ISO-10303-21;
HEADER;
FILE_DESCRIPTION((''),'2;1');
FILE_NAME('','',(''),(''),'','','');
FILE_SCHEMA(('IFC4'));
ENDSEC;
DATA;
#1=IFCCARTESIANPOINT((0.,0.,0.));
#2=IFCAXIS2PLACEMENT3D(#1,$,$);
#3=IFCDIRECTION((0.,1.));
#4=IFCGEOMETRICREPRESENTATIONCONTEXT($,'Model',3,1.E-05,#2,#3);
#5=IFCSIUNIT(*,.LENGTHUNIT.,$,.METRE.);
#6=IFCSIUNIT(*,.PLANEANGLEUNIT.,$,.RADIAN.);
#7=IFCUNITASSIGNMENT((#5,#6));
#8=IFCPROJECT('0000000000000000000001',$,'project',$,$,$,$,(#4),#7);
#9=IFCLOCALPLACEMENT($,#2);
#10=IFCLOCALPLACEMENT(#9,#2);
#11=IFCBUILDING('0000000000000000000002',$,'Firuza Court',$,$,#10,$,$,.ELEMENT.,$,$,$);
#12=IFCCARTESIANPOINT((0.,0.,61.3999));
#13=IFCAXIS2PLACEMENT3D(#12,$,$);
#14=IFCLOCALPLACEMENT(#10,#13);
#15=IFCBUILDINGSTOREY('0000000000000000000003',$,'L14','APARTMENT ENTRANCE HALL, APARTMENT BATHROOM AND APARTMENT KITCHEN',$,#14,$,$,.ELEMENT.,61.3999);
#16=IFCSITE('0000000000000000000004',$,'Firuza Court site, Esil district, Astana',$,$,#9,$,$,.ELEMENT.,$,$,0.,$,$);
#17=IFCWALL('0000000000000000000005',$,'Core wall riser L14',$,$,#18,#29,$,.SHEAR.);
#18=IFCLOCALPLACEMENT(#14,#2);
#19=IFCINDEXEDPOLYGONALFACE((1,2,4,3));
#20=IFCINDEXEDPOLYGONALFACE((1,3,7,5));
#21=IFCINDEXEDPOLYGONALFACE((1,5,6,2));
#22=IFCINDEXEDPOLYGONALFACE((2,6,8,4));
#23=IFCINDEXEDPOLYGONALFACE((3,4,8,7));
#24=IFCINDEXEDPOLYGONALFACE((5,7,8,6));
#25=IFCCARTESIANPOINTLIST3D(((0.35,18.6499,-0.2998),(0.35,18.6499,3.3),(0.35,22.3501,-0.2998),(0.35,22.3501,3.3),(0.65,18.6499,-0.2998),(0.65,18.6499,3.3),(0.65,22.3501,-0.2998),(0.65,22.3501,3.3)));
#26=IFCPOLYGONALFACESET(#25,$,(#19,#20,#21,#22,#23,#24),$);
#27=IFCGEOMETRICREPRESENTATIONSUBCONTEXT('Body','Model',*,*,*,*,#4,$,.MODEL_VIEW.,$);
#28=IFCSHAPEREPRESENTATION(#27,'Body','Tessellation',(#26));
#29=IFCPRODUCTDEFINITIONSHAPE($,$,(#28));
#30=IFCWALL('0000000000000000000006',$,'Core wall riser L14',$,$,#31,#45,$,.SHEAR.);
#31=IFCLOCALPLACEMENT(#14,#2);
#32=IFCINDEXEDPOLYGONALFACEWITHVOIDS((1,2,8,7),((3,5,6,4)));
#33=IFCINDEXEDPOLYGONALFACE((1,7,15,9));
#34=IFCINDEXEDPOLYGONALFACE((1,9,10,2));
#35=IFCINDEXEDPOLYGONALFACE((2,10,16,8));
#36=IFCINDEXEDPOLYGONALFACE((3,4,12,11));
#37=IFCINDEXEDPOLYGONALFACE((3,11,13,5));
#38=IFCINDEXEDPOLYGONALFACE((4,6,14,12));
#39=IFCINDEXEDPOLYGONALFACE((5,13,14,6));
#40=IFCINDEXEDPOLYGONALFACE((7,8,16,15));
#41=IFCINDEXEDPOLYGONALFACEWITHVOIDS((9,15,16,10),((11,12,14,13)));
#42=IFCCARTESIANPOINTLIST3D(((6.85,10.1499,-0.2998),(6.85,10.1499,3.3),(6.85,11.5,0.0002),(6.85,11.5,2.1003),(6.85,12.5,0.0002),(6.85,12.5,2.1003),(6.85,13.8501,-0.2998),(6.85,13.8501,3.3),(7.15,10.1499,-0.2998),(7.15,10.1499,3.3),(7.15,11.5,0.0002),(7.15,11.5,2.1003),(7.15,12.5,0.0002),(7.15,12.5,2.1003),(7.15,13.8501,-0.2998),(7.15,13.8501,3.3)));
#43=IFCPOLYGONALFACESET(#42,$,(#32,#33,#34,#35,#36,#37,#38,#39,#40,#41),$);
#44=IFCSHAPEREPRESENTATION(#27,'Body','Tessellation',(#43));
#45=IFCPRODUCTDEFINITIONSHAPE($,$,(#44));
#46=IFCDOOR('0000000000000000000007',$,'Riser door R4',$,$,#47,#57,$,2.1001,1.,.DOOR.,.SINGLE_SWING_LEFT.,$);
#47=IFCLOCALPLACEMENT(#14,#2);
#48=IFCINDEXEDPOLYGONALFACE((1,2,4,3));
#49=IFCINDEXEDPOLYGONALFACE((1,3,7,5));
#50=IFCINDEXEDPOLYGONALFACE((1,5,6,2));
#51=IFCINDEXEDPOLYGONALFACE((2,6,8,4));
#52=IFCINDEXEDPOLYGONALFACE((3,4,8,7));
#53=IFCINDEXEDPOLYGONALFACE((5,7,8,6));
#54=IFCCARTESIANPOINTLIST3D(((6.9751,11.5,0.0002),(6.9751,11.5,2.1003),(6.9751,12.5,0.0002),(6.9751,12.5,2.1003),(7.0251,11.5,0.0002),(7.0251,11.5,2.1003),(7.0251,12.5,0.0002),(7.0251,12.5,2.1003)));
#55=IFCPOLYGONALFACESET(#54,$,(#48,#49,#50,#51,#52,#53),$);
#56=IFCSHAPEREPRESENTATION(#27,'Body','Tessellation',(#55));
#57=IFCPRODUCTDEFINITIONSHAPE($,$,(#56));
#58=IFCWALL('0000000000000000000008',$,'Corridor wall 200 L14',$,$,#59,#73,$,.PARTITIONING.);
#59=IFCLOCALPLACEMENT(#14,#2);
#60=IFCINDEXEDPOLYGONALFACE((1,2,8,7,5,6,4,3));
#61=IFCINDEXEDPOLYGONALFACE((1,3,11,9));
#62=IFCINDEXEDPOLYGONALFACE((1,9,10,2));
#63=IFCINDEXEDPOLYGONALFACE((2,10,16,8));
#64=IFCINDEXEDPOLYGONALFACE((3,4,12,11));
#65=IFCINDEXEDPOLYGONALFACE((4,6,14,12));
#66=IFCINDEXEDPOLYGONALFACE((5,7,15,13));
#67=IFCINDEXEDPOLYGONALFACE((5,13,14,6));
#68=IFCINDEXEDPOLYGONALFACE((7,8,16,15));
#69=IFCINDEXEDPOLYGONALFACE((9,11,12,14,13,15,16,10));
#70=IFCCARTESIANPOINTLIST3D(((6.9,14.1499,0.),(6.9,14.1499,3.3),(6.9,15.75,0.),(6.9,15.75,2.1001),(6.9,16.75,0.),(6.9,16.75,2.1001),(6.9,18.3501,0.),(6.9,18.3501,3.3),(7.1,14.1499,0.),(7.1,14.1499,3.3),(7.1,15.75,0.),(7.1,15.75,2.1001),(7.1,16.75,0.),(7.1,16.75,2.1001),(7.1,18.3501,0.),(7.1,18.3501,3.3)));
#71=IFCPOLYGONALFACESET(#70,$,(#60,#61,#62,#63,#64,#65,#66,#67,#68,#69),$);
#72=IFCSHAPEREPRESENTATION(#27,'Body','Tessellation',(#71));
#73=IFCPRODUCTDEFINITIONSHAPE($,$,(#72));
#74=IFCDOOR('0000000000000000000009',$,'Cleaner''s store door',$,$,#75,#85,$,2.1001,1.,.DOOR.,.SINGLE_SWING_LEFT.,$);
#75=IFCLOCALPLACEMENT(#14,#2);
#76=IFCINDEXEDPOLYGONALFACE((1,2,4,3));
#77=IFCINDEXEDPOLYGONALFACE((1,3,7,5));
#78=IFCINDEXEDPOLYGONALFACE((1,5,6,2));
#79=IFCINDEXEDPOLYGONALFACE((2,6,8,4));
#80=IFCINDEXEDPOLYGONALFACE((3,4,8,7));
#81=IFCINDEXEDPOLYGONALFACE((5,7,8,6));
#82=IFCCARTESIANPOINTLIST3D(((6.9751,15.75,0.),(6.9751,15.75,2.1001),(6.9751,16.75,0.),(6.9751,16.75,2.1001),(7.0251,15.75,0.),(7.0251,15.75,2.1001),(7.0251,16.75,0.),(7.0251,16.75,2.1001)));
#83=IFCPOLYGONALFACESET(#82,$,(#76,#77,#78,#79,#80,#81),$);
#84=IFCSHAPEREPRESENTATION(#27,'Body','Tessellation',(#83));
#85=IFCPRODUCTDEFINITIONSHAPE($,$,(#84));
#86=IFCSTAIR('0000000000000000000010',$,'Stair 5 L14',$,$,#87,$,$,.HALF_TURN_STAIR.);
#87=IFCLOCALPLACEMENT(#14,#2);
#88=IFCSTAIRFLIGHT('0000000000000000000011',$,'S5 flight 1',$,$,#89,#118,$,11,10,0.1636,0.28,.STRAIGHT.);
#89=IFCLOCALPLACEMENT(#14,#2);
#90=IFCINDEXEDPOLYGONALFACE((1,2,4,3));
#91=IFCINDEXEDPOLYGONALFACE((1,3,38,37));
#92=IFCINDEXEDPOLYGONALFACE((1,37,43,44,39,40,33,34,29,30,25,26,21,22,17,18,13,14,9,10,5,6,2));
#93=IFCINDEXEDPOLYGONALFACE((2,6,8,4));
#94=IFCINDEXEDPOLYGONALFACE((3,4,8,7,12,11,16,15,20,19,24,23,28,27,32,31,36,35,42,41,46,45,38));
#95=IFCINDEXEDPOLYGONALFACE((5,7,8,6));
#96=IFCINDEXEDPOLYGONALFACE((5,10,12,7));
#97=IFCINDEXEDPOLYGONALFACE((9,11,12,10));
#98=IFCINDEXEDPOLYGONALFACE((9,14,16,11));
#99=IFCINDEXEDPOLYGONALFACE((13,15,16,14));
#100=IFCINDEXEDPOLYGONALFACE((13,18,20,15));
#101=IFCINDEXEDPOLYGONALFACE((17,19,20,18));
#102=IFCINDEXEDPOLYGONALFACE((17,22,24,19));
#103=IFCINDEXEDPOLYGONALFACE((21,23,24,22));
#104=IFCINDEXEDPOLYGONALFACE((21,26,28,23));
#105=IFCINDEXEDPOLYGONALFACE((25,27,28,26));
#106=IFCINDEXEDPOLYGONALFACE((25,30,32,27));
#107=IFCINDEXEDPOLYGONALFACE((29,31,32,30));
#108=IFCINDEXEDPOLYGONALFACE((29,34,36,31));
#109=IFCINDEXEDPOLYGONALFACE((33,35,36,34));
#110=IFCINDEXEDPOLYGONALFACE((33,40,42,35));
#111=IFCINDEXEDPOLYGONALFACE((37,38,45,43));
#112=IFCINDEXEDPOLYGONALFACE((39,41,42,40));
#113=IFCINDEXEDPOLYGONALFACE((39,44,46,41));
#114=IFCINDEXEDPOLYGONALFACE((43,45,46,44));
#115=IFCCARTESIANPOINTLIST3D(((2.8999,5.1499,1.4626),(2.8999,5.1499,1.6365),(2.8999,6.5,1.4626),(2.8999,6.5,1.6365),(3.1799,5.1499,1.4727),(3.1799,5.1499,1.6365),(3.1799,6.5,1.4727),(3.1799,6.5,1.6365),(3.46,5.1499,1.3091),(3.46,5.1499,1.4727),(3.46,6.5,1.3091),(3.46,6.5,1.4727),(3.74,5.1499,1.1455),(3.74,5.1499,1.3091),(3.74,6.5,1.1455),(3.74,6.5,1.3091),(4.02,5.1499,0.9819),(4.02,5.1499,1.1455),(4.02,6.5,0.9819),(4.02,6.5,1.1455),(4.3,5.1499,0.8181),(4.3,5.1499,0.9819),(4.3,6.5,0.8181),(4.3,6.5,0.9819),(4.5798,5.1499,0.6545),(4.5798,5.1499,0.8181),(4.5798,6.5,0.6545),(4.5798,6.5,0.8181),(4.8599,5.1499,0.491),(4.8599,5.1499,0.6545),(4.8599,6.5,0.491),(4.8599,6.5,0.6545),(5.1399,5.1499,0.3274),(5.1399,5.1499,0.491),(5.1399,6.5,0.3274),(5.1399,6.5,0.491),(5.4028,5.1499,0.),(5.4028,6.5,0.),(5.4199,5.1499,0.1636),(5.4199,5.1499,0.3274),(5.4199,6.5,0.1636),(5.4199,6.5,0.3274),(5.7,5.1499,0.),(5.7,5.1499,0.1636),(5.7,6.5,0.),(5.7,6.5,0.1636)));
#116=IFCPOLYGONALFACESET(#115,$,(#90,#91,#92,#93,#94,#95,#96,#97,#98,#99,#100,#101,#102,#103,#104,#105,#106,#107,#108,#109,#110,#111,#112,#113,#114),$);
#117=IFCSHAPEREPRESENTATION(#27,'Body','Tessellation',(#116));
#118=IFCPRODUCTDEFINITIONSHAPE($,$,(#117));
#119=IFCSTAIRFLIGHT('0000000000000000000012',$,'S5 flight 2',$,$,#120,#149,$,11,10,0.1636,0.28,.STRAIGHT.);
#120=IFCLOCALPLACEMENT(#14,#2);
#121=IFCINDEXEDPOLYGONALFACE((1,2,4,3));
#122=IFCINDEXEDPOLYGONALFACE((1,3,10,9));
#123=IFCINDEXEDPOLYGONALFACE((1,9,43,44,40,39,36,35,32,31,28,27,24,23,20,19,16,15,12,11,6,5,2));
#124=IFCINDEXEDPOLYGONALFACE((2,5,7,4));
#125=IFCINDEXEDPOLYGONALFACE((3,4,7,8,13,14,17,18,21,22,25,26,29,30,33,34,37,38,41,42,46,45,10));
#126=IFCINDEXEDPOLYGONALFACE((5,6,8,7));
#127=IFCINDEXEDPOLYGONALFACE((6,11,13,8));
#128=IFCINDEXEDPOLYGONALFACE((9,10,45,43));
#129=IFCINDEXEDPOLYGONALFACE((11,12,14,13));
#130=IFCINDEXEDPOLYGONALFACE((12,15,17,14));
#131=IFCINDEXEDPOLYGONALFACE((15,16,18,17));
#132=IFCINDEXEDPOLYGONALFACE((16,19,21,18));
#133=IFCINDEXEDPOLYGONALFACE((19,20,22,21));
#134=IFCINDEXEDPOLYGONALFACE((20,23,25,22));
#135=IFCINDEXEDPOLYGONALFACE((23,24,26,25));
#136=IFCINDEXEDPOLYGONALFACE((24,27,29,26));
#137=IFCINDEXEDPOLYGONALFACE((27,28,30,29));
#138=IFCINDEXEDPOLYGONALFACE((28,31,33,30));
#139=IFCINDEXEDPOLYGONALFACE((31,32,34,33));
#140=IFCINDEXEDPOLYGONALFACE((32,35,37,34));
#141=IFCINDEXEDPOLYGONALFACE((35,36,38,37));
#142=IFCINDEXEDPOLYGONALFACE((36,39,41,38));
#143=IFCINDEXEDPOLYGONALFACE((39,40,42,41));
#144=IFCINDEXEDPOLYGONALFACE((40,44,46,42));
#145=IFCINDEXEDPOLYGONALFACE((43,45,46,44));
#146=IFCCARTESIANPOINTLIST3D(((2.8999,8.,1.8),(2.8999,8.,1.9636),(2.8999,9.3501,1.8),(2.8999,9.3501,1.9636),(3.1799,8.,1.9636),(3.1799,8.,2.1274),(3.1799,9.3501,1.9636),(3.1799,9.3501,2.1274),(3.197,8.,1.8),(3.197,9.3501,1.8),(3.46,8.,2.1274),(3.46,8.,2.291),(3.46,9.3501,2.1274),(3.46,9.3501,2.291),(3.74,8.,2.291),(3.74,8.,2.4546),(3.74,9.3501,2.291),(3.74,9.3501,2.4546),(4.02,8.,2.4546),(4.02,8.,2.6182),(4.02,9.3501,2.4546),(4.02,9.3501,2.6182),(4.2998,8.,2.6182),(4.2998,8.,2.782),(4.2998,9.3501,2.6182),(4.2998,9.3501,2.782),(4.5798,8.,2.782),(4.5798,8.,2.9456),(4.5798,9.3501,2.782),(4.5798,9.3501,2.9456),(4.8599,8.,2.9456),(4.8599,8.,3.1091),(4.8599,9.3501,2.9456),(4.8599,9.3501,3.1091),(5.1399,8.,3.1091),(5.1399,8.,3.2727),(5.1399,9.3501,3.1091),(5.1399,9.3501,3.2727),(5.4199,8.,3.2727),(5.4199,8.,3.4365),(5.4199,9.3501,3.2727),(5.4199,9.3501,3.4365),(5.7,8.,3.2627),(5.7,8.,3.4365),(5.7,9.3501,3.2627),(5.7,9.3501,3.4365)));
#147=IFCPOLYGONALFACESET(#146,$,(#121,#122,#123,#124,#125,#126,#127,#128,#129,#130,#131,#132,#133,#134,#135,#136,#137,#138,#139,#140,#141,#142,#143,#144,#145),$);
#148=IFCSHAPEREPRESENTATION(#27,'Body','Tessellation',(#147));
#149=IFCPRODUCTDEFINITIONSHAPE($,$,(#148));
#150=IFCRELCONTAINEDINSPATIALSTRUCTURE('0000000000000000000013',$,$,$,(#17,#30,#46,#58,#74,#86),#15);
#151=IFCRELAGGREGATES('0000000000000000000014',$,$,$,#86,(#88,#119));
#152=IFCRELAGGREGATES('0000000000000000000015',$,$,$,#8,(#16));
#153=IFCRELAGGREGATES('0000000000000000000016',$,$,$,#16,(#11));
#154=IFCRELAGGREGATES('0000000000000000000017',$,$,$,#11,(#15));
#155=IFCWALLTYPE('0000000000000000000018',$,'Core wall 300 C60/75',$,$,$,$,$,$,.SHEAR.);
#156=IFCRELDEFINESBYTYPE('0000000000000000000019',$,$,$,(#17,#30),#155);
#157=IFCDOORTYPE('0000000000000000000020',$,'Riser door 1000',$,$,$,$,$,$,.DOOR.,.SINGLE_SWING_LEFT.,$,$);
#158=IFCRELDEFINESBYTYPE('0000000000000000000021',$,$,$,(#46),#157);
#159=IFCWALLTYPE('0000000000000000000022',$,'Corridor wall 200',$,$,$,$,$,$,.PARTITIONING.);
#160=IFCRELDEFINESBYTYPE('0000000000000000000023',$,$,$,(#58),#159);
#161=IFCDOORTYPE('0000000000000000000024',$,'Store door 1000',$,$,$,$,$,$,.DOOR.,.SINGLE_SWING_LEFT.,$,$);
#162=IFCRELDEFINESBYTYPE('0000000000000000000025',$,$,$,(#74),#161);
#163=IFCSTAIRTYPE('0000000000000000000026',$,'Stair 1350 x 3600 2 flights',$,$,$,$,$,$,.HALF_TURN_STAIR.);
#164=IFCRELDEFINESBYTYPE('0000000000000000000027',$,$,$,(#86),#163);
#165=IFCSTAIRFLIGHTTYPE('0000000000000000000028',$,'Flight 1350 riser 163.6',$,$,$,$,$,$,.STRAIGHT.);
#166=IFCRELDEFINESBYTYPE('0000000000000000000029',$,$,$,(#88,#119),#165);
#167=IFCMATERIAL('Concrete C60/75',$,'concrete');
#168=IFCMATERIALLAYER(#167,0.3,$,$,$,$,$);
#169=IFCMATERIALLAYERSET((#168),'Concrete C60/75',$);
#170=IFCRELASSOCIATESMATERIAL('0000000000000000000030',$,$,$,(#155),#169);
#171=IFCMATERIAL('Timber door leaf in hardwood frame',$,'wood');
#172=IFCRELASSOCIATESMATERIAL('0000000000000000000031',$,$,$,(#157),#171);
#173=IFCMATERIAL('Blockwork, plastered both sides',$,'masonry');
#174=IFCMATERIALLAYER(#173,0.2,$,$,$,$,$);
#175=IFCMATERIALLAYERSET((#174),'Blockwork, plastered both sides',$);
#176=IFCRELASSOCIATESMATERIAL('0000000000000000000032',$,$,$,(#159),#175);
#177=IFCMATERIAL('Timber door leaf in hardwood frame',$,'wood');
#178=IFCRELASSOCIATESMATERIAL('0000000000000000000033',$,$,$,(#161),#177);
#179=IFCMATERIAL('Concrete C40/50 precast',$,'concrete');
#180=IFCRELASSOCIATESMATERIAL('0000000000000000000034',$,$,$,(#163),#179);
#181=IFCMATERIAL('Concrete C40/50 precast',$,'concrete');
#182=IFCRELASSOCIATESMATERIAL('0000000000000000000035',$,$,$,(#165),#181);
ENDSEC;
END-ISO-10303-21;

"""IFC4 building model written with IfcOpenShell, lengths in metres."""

from ifc_helpers import new_model, si_unit, direction, frame, frame_2d, origin, place, context, subcontext, project, spatial, polyline, rectangle, outline, extrude, material, layer, layer_set, type_object, element, fill, aggregate, save


model = new_model("IFC4")

# Units and contexts
model_context = context("Model", 3, precision=1e-05, world=origin(), true_north=direction((0.0, 1.0)))
body_context = subcontext(model_context, "Body", "Model", "MODEL_VIEW")
ifc_project = project(units=[si_unit("LENGTHUNIT", "METRE"), si_unit("PLANEANGLEUNIT", "RADIAN")], contexts=[model_context])

# Site, building, storey
site_placement = place(None, origin())
site = spatial("IfcSite", under=ifc_project, at=site_placement, Name="Firuza Court site, Esil district, Astana", CompositionType="ELEMENT", RefElevation=0.0)
building_placement = place(site_placement, origin())
building = spatial("IfcBuilding", under=site, at=building_placement, Name="Firuza Court", CompositionType="ELEMENT")
storey_placement = place(building_placement, frame((0.0, 0.0, 61.3999)))
storey = spatial("IfcBuildingStorey", under=building, at=storey_placement, Name="L14", Description="APARTMENT ENTRANCE HALL, APARTMENT BATHROOM AND APARTMENT KITCHEN", CompositionType="ELEMENT", Elevation=61.3999)

# Wall
ifc_material_1 = material(Name="Concrete C60/75", Category="concrete")
ifc_layer_1 = layer(ifc_material_1, 0.3)
ifc_layer_set_1 = layer_set([ifc_layer_1], Name="Concrete C60/75")
wall_type_1 = type_object("IfcWallType", Name="Core wall 300 C60/75", PredefinedType="SHEAR", material=ifc_layer_set_1)
for number, where, z_axis, x_axis, name in (
    (1, (0.5, 18.6499, -0.2998), (0.0, 0.0, 1.0), (0.0, 1.0, 0.0), "Core wall riser L14"),
):
    element("IfcWall", number, at=place(storey_placement, frame(where, z_axis=z_axis, x_axis=x_axis)), inside=storey, type_object=wall_type_1, Name=name, PredefinedType="SHEAR", context=body_context, shape_type="SweptSolid", body=[
        extrude(rectangle(XDim=3.7002, YDim=0.3, at=frame_2d((1.8501, 0.0))), origin(), (0.0, 0.0, 1.0), 3.5999),
    ])

# Walls, openings, doors
wall_1_placement = place(storey_placement, frame((7.0, 10.1499, -0.2998), z_axis=(0.0, 0.0, 1.0), x_axis=(0.0, 1.0, 0.0)))
wall_1 = element("IfcWall", 2, at=wall_1_placement, inside=storey, type_object=wall_type_1, Name="Core wall riser L14", PredefinedType="SHEAR", context=body_context, shape_type="SweptSolid", body=[
    extrude(rectangle(XDim=3.7002, YDim=0.3, at=frame_2d((1.8501, 0.0))), origin(), (0.0, 0.0, 1.0), 3.5999),
])
opening_1_placement = place(wall_1_placement, frame((1.3501, 0.0, 0.3)))
opening_1 = element("IfcOpeningElement", 3, at=opening_1_placement, cuts=wall_1, PredefinedType="OPENING", context=body_context, shape_type="SweptSolid", body=[
    extrude(rectangle(XDim=1.0, YDim=2.1001, at=frame_2d((0.5, 1.05))), frame((0.0, 0.1621, 0.0), z_axis=(0.0, -1.0, 0.0), x_axis=(1.0, 0.0, 0.0)), (0.0, 0.0, 1.0), 0.324),
])
ifc_material_2 = material(Name="Timber door leaf in hardwood frame", Category="wood")
door_type_1 = type_object("IfcDoorType", Name="Riser door 1000", OperationType="SINGLE_SWING_LEFT", PredefinedType="DOOR", material=ifc_material_2)
door_1_placement = place(opening_1_placement, origin())
door_1 = element("IfcDoor", 4, at=door_1_placement, inside=storey, type_object=door_type_1, Name="Riser door R4", OperationType="SINGLE_SWING_LEFT", OverallHeight=2.1001, OverallWidth=1.0, PredefinedType="DOOR", context=body_context, shape_type="SweptSolid", body=[
    extrude(rectangle(XDim=1.0, YDim=2.1001, at=frame_2d((0.5, 1.05))), frame((0.0, 0.0249, 0.0), z_axis=(0.0, -1.0, 0.0), x_axis=(1.0, 0.0, 0.0)), (0.0, 0.0, 1.0), 0.05),
])
fill(opening_1, door_1)
ifc_material_3 = material(Name="Blockwork, plastered both sides", Category="masonry")
ifc_layer_2 = layer(ifc_material_3, 0.2)
ifc_layer_set_2 = layer_set([ifc_layer_2], Name="Blockwork, plastered both sides")
wall_type_2 = type_object("IfcWallType", Name="Corridor wall 200", PredefinedType="PARTITIONING", material=ifc_layer_set_2)
wall_2_placement = place(storey_placement, frame((7.0, 14.1499, 0.0), z_axis=(0.0, 0.0, 1.0), x_axis=(0.0, 1.0, 0.0)))
wall_2 = element("IfcWall", 5, at=wall_2_placement, inside=storey, type_object=wall_type_2, Name="Corridor wall 200 L14", PredefinedType="PARTITIONING", context=body_context, shape_type="SweptSolid", body=[
    extrude(rectangle(XDim=4.2002, YDim=0.2, at=frame_2d((2.1001, 0.0))), origin(), (0.0, 0.0, 1.0), 3.3),
])
opening_2_placement = place(wall_2_placement, frame((1.6001, 0.0, 0.0)))
opening_2 = element("IfcOpeningElement", 6, at=opening_2_placement, cuts=wall_2, PredefinedType="OPENING", context=body_context, shape_type="SweptSolid", body=[
    extrude(rectangle(XDim=1.0, YDim=2.1001, at=frame_2d((0.5, 1.05))), frame((0.0, 0.1118, 0.0), z_axis=(0.0, -1.0, 0.0), x_axis=(1.0, 0.0, 0.0)), (0.0, 0.0, 1.0), 0.2239),
])
ifc_material_4 = material(Name="Timber door leaf in hardwood frame", Category="wood")
door_type_2 = type_object("IfcDoorType", Name="Store door 1000", OperationType="SINGLE_SWING_LEFT", PredefinedType="DOOR", material=ifc_material_4)
door_2_placement = place(opening_2_placement, origin())
door_2 = element("IfcDoor", 7, at=door_2_placement, inside=storey, type_object=door_type_2, Name="Cleaner's store door", OperationType="SINGLE_SWING_LEFT", OverallHeight=2.1001, OverallWidth=1.0, PredefinedType="DOOR", context=body_context, shape_type="SweptSolid", body=[
    extrude(rectangle(XDim=1.0, YDim=2.1001, at=frame_2d((0.5, 1.05))), frame((0.0, 0.0249, 0.0), z_axis=(0.0, -1.0, 0.0), x_axis=(1.0, 0.0, 0.0)), (0.0, 0.0, 1.0), 0.05),
])
fill(opening_2, door_2)

# Stair, stair flights
ifc_material_5 = material(Name="Concrete C40/50 precast", Category="concrete")
stair_type = type_object("IfcStairType", Name="Stair 1350 x 3600 2 flights", PredefinedType="HALF_TURN_STAIR", material=ifc_material_5)
stair_placement = place(storey_placement, origin())
stair = element("IfcStair", 8, at=stair_placement, inside=storey, type_object=stair_type, Name="Stair 5 L14", PredefinedType="HALF_TURN_STAIR")
ifc_material_6 = material(Name="Concrete C40/50 precast", Category="concrete")
stair_flight_type = type_object("IfcStairFlightType", Name="Flight 1350 riser 163.6", PredefinedType="STRAIGHT", material=ifc_material_6)
stair_flight_1_placement = place(storey_placement, frame((5.7, 5.825, 0.0), z_axis=(0.0, 0.0, 1.0), x_axis=(-1.0, 0.0, 0.0)))
stair_flight_1 = element("IfcStairFlight", 9, at=stair_flight_1_placement, type_object=stair_flight_type, Name="S5 flight 1", NumberOfRisers=11, NumberOfTreads=10, PredefinedType="STRAIGHT", RiserHeight=0.1636, TreadLength=0.28, context=body_context, shape_type="SweptSolid", body=[
    extrude(outline(polyline([(0.0, 0.0), (0.0, 0.1636), (0.28, 0.1636), (0.28, 0.3274), (0.5601, 0.3274), (0.5601, 0.491), (0.8401, 0.491), (0.8401, 0.6545), (1.1201, 0.6545), (1.1201, 0.8181), (1.3999, 0.8181), (1.3999, 0.9819), (1.6799, 0.9819), (1.6799, 1.1455), (1.96, 1.1455), (1.96, 1.3091), (2.24, 1.3091), (2.24, 1.4727), (2.52, 1.4727), (2.52, 1.6365), (2.8, 1.6365), (2.8, 1.8), (2.8, 1.4626), (0.2971, 0.0), (0.0, 0.0)])), frame((0.0, 0.675, 0.0), z_axis=(0.0, -1.0, 0.0), x_axis=(1.0, 0.0, 0.0)), (0.0, 0.0, 1.0), 1.3501),
])
stair_flight_2_placement = place(storey_placement, frame((2.8999, 8.675, 1.8), z_axis=(0.0, 0.0, 1.0), x_axis=(1.0, 0.0, 0.0)))
stair_flight_2 = element("IfcStairFlight", 10, at=stair_flight_2_placement, type_object=stair_flight_type, Name="S5 flight 2", NumberOfRisers=11, NumberOfTreads=10, PredefinedType="STRAIGHT", RiserHeight=0.1636, TreadLength=0.28, context=body_context, shape_type="SweptSolid", body=[
    extrude(outline(polyline([(0.0, 0.0), (0.0, 0.1636), (0.28, 0.1636), (0.28, 0.3274), (0.5601, 0.3274), (0.5601, 0.491), (0.8401, 0.491), (0.8401, 0.6545), (1.1201, 0.6545), (1.1201, 0.8181), (1.3999, 0.8181), (1.3999, 0.9819), (1.6799, 0.9819), (1.6799, 1.1455), (1.96, 1.1455), (1.96, 1.3091), (2.24, 1.3091), (2.24, 1.4727), (2.52, 1.4727), (2.52, 1.6365), (2.8, 1.6365), (2.8, 1.8), (2.8, 1.4626), (0.2971, 0.0), (0.0, 0.0)])), frame((0.0, 0.675, 0.0), z_axis=(0.0, -1.0, 0.0), x_axis=(1.0, 0.0, 0.0)), (0.0, 0.0, 1.0), 1.3501),
])
aggregate(stair, [stair_flight_1, stair_flight_2])

save(model, "model.ifc")
